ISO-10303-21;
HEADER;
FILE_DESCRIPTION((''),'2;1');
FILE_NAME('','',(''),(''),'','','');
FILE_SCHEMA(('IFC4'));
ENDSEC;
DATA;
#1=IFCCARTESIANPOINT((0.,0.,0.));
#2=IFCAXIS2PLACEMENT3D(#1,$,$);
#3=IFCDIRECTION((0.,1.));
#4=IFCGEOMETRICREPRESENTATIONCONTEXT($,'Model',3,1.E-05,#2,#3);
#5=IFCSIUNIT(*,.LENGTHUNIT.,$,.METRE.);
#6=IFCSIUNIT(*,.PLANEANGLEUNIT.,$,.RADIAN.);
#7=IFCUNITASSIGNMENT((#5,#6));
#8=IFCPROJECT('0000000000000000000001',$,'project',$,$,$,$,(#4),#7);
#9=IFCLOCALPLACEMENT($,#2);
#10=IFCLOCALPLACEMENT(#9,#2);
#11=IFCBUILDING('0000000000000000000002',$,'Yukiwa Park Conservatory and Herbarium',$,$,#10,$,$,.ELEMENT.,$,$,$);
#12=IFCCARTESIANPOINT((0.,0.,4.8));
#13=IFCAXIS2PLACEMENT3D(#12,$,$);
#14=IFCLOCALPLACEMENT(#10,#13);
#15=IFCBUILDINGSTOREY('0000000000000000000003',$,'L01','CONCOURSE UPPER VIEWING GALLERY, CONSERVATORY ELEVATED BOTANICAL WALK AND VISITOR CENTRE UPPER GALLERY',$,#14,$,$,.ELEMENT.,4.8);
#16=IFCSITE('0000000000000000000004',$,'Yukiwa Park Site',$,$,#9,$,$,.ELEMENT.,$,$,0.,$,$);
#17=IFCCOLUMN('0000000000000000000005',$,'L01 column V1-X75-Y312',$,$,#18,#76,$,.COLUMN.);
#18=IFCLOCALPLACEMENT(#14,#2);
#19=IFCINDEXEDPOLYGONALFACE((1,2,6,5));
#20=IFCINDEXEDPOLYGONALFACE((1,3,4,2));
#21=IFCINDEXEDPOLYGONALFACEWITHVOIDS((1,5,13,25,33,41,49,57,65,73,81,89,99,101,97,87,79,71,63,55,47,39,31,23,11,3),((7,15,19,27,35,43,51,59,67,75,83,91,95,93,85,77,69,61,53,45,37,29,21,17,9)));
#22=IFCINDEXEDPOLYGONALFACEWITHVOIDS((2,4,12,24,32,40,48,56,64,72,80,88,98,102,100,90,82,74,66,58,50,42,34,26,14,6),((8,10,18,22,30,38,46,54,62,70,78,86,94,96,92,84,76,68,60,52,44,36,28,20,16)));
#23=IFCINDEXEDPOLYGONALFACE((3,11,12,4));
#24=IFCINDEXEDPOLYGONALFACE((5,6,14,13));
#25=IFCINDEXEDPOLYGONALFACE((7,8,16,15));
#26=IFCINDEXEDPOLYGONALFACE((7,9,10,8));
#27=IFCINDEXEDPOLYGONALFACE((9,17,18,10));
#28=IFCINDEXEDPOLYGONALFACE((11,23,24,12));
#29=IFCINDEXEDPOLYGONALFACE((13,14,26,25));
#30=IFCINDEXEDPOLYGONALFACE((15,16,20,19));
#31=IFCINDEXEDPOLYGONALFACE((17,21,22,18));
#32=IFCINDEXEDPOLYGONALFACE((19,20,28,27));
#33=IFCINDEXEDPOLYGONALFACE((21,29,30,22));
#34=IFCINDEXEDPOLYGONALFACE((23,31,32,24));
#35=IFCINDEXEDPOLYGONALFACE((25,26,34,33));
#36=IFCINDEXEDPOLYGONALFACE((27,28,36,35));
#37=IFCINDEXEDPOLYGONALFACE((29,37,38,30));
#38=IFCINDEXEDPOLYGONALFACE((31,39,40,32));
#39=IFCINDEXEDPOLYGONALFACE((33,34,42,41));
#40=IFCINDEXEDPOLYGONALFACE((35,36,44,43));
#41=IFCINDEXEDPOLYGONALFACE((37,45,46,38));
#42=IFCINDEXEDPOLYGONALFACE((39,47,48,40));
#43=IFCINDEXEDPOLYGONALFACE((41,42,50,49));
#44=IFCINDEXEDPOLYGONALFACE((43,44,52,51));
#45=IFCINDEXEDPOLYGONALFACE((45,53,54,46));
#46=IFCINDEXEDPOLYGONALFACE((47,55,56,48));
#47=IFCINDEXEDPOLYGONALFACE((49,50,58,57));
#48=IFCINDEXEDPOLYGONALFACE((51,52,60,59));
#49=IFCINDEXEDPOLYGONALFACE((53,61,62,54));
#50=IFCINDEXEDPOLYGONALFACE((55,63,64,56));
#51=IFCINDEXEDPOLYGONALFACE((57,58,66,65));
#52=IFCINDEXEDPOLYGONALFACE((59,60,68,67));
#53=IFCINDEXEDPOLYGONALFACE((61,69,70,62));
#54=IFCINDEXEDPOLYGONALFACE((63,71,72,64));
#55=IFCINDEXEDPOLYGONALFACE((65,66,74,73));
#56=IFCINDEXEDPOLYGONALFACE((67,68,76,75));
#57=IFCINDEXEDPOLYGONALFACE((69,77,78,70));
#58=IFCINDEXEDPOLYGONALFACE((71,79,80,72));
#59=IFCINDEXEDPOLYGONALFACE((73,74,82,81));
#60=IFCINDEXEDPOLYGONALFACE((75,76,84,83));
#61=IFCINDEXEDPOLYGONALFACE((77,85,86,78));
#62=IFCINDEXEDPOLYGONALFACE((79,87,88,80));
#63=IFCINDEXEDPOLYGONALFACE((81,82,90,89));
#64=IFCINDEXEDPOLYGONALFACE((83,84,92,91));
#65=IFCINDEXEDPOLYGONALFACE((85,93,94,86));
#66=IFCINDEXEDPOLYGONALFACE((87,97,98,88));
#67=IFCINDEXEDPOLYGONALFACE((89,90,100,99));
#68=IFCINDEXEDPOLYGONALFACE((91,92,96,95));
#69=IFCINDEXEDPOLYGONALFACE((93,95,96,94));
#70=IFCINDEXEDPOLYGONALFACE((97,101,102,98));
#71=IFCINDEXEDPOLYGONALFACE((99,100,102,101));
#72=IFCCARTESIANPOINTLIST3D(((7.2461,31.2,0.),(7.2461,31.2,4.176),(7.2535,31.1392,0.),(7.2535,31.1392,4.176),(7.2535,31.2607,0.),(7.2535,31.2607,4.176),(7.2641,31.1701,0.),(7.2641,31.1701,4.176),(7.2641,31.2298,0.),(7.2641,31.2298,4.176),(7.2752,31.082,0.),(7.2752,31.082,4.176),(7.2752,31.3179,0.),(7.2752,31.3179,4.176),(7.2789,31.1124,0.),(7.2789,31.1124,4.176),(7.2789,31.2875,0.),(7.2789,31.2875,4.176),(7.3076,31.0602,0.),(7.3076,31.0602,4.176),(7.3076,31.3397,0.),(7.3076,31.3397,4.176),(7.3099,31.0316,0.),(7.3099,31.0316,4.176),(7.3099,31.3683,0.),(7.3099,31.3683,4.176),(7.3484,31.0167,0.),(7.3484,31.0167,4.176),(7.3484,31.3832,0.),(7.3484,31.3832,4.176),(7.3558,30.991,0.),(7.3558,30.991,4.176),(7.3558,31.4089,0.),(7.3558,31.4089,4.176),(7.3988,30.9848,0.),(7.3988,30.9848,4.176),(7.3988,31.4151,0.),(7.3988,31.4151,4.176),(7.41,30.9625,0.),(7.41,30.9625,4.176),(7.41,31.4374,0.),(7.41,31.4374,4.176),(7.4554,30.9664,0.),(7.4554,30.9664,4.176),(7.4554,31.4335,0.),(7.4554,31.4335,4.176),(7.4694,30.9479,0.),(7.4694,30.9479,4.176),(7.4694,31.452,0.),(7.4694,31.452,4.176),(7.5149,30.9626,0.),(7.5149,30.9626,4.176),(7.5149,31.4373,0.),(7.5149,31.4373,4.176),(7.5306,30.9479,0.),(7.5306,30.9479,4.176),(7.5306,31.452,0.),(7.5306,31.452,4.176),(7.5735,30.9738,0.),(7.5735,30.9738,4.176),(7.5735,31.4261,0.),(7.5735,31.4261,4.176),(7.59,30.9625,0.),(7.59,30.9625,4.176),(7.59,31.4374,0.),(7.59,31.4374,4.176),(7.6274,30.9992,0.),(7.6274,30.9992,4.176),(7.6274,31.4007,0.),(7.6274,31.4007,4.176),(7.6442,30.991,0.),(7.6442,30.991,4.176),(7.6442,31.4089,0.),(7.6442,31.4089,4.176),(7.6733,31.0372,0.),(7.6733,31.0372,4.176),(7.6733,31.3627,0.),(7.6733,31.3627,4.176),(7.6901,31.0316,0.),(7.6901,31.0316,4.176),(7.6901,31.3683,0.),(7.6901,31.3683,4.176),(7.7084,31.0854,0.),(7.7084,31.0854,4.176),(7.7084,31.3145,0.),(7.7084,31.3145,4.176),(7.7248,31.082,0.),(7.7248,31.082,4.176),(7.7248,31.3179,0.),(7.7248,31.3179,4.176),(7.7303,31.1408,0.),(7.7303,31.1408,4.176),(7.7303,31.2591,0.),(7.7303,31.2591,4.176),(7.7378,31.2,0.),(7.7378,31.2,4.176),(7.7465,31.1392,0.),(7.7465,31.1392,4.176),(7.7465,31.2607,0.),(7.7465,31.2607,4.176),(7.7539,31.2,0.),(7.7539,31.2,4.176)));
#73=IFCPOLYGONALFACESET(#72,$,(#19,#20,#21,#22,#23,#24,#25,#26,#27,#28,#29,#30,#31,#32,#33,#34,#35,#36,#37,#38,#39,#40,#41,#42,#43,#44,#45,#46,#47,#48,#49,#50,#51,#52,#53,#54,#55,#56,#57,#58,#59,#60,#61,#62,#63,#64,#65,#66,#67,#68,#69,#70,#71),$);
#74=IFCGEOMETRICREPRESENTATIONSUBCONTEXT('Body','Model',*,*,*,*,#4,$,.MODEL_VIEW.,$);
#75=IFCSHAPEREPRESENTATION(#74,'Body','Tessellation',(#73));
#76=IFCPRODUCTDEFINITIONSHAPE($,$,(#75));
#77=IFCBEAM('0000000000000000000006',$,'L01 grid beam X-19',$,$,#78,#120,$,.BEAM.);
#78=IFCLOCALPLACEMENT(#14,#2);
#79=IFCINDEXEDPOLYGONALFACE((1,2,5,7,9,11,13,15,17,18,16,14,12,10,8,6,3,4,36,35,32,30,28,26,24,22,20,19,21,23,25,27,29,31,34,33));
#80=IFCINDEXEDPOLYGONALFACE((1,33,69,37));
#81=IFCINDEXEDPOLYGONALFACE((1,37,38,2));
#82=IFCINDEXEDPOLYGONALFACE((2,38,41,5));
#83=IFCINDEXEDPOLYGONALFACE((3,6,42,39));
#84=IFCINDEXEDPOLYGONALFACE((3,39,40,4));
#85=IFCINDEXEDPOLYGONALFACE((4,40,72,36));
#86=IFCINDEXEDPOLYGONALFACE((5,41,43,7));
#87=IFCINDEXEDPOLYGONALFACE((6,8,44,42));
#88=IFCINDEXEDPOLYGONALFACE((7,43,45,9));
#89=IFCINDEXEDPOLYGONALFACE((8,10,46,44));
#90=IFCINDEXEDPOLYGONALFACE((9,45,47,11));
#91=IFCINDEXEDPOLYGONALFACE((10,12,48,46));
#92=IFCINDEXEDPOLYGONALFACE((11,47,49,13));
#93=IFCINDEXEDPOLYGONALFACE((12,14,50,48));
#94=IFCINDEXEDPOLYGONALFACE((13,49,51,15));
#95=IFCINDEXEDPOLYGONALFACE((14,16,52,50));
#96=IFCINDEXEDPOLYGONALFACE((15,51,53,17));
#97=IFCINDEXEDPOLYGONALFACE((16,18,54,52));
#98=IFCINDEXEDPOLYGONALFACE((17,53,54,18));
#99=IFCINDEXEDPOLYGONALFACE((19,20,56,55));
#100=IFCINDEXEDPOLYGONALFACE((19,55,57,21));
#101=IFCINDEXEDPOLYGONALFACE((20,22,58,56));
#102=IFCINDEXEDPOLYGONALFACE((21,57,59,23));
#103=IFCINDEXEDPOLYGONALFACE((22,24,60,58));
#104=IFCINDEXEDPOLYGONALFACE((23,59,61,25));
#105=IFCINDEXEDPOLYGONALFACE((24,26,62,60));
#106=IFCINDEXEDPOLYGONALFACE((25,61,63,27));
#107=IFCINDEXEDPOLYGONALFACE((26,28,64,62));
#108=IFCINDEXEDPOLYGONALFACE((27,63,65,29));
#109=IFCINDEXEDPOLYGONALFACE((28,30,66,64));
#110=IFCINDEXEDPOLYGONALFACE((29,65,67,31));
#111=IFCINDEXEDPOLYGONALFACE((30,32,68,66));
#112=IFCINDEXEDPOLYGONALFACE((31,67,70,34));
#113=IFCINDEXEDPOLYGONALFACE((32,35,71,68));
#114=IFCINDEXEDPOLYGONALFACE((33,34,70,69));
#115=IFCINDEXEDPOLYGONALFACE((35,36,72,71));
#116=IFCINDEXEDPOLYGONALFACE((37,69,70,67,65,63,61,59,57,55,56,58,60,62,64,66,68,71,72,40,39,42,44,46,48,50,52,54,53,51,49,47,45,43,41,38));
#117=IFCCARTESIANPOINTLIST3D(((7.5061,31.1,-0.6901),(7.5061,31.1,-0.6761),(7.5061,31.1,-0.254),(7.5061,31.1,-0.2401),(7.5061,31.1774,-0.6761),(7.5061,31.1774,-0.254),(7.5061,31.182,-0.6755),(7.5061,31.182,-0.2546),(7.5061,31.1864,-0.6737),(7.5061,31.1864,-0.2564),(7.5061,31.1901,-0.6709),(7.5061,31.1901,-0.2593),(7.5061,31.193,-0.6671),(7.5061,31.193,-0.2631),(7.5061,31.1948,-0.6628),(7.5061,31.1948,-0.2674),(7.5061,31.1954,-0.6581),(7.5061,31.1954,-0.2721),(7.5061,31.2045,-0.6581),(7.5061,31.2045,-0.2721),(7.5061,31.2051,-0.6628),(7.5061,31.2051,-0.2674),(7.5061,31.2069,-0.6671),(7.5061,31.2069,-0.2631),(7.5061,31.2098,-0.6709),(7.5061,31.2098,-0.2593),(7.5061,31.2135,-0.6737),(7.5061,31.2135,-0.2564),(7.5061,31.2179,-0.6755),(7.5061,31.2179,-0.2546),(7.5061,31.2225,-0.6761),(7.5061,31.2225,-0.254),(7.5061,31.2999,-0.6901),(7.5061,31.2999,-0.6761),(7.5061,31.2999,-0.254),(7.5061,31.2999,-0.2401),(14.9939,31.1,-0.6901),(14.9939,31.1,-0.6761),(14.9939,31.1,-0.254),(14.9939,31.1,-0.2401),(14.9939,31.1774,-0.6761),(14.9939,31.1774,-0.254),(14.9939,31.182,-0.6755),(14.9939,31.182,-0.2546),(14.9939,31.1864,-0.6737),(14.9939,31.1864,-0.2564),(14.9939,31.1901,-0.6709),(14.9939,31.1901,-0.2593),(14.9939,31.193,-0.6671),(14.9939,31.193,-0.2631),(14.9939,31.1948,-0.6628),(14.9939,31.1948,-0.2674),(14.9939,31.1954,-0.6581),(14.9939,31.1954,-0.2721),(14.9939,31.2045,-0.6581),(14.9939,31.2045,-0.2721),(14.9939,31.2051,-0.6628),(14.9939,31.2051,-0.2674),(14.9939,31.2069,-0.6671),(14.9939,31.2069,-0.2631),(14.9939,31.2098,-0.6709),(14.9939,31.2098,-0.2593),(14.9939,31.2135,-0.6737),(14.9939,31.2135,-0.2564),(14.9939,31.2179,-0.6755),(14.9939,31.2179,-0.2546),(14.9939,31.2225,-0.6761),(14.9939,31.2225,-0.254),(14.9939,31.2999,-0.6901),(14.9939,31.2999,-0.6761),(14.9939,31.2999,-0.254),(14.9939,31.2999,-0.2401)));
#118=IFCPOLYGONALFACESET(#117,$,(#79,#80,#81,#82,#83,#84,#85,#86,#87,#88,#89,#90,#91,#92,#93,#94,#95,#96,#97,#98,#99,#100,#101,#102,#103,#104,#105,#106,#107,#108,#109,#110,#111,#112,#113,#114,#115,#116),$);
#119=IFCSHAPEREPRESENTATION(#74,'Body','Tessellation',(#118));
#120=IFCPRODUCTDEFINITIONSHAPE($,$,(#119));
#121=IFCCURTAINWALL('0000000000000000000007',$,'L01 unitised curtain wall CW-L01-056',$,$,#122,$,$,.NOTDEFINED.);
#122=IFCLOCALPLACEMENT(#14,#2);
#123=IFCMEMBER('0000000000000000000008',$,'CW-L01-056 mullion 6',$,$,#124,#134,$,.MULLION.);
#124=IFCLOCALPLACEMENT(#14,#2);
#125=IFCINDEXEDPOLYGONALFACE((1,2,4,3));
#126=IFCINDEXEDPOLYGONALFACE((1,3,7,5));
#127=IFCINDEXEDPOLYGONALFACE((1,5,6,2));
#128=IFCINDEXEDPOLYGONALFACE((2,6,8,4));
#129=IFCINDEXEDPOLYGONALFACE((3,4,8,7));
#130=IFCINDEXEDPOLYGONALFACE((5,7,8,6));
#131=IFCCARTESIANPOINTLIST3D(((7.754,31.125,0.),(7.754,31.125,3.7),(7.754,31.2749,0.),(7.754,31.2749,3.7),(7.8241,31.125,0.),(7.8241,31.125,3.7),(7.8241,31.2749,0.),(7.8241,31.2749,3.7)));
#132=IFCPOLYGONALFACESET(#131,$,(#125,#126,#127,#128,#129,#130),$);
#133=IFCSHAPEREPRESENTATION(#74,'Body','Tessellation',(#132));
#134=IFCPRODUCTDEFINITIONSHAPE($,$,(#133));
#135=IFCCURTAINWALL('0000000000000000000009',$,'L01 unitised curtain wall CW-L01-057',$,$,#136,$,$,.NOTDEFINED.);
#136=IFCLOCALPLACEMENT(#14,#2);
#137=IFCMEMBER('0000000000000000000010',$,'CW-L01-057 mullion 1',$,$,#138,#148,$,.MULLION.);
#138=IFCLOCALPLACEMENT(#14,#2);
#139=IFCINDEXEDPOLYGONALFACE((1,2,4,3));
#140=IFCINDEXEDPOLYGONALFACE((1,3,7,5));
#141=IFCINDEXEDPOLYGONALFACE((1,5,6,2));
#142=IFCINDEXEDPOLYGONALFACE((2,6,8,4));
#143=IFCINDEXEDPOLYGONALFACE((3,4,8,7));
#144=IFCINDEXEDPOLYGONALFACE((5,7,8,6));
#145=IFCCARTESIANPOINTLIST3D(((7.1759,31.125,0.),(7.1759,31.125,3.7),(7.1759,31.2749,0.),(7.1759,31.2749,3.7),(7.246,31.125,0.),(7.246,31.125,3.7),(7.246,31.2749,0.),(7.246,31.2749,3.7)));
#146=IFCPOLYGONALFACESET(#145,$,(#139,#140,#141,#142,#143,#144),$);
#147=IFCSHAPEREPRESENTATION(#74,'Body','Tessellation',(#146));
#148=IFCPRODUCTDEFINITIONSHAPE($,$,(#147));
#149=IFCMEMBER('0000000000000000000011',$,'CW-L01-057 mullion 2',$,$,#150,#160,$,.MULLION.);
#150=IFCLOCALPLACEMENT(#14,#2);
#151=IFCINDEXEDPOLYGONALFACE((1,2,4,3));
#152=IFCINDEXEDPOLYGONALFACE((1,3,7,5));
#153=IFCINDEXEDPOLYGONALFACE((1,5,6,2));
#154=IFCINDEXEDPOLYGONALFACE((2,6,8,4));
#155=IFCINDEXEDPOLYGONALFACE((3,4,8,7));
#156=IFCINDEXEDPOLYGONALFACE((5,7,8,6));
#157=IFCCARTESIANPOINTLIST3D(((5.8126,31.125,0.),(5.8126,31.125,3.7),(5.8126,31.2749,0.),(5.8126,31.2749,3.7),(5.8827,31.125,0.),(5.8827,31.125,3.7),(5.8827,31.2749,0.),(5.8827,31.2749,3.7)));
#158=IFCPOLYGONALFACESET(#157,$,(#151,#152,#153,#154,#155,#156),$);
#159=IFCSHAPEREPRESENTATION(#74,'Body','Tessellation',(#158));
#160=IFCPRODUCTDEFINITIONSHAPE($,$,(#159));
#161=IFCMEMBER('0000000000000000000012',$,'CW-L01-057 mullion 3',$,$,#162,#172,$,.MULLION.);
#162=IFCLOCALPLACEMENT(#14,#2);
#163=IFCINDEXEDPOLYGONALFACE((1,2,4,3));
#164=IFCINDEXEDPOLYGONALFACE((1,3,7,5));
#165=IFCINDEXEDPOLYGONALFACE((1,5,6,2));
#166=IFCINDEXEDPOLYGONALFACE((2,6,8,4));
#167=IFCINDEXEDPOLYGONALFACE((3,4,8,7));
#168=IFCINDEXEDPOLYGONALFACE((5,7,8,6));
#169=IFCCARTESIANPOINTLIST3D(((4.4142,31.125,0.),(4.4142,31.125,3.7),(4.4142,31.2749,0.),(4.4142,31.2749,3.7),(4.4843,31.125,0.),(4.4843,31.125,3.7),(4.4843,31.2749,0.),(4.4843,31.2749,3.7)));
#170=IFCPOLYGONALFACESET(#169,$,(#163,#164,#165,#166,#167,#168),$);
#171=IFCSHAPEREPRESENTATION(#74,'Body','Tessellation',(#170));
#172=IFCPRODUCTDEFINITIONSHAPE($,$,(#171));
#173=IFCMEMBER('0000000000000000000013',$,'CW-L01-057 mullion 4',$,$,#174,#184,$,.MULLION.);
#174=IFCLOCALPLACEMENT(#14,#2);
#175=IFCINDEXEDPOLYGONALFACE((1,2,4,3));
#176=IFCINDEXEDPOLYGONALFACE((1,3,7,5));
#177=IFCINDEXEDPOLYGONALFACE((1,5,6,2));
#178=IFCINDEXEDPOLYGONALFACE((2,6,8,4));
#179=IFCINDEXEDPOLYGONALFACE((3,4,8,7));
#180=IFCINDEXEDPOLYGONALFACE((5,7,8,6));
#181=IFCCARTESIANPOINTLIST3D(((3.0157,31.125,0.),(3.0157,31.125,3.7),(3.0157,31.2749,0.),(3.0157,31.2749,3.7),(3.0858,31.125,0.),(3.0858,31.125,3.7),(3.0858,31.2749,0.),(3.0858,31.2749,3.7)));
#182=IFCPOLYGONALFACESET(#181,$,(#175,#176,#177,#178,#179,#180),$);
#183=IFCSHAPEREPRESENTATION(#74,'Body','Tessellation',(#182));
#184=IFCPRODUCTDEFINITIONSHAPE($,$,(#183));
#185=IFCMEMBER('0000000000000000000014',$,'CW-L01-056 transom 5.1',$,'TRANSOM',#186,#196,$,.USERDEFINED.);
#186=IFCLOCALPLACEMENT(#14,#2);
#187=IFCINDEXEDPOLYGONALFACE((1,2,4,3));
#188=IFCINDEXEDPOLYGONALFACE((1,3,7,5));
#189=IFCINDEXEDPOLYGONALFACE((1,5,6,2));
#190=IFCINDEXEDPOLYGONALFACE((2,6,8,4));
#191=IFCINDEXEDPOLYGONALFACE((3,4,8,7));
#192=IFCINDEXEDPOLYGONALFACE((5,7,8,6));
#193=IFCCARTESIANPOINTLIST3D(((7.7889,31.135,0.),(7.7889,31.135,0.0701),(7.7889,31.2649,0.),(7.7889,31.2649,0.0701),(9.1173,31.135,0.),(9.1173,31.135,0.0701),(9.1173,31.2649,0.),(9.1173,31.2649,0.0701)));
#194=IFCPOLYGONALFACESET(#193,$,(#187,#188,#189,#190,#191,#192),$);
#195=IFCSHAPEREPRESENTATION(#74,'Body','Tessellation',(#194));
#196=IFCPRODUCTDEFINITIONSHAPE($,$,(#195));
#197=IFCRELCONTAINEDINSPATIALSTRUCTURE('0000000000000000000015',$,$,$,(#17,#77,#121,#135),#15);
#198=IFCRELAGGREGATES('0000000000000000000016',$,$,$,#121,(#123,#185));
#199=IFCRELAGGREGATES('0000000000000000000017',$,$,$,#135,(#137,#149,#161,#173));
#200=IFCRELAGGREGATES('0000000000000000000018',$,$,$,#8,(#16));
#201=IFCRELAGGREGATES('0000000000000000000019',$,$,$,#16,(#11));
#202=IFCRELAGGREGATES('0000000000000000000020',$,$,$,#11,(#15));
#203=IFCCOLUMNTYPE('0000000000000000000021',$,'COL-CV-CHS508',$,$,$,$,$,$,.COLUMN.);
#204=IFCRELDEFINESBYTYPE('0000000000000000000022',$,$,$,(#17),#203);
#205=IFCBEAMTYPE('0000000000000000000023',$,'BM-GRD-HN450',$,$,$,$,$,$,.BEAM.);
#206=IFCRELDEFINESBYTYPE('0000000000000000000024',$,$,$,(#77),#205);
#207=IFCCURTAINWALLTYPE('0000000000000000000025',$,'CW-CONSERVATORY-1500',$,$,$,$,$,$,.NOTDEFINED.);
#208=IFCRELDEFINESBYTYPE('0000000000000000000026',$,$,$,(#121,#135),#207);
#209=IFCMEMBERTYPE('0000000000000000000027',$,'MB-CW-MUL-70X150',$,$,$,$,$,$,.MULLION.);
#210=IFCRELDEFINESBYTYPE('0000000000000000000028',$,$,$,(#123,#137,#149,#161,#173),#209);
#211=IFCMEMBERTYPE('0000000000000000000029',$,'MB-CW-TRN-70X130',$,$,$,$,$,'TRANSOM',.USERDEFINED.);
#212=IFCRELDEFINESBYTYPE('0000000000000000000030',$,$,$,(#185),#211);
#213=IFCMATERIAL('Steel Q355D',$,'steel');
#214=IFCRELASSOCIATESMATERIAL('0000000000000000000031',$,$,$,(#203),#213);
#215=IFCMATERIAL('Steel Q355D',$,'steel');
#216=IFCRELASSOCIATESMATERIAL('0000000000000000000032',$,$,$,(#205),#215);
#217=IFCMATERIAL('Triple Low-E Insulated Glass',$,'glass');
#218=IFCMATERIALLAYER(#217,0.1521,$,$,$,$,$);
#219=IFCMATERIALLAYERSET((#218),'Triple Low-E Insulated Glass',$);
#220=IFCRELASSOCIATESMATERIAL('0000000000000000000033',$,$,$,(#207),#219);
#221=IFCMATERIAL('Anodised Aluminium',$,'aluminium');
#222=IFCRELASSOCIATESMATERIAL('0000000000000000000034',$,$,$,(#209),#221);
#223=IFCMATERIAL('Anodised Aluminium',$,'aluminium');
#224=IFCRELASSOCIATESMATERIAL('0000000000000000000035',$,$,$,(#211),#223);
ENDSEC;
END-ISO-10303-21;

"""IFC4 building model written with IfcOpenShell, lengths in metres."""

from ifc_helpers import new_model, si_unit, direction, frame, origin, origin_2d, place, context, subcontext, project, spatial, rectangle, hollow_circle, i_section, extrude, material, layer, layer_set, material_profile, profile_set, type_object, element, aggregate, save


model = new_model("IFC4")

# Units and contexts
model_context = context("Model", 3, precision=1e-05, world=origin(), true_north=direction((0.0, 1.0)))
body_context = subcontext(model_context, "Body", "Model", "MODEL_VIEW")
ifc_project = project(units=[si_unit("LENGTHUNIT", "METRE"), si_unit("PLANEANGLEUNIT", "RADIAN")], contexts=[model_context])

# Site, building, storey
site_placement = place(None, origin())
site = spatial("IfcSite", under=ifc_project, at=site_placement, Name="Yukiwa Park Site", CompositionType="ELEMENT", RefElevation=0.0)
building_placement = place(site_placement, origin())
building = spatial("IfcBuilding", under=site, at=building_placement, Name="Yukiwa Park Conservatory and Herbarium", CompositionType="ELEMENT")
storey_placement = place(building_placement, frame((0.0, 0.0, 4.8)))
storey = spatial("IfcBuildingStorey", under=building, at=storey_placement, Name="L01", Description="CONCOURSE UPPER VIEWING GALLERY, CONSERVATORY ELEVATED BOTANICAL WALK AND VISITOR CENTRE UPPER GALLERY", CompositionType="ELEMENT", Elevation=4.8)

# Column
ifc_material_1 = material(Name="Steel Q355D", Category="steel")
ifc_material_profile_1 = material_profile(ifc_material_1, hollow_circle(Radius=0.2539, WallThickness=0.0161, at=origin_2d()), Name="CHS 508x16")
ifc_profile_set_1 = profile_set([ifc_material_profile_1], Name="Steel Q355D")
column_type = type_object("IfcColumnType", Name="COL-CV-CHS508", PredefinedType="COLUMN", material=ifc_profile_set_1)
column_placement = place(storey_placement, frame((7.5, 31.2, 0.0), z_axis=(0.0, 0.0, 1.0), x_axis=(1.0, 0.0, 0.0)))
element("IfcColumn", 1, at=column_placement, inside=storey, type_object=column_type, Name="L01 column V1-X75-Y312", PredefinedType="COLUMN", context=body_context, shape_type="SweptSolid", body=[
    extrude(hollow_circle(Radius=0.2539, WallThickness=0.0161, at=origin_2d()), origin(), (0.0, 0.0, 1.0), 4.176),
])

# Beam
ifc_material_2 = material(Name="Steel Q355D", Category="steel")
ifc_material_profile_2 = material_profile(ifc_material_2, i_section(OverallWidth=0.2, OverallDepth=0.45, WebThickness=0.009, FlangeThickness=0.0139, FilletRadius=0.0181, at=origin_2d()), Name="HN 450x200x9x14")
ifc_profile_set_2 = profile_set([ifc_material_profile_2], Name="Steel Q355D")
beam_type = type_object("IfcBeamType", Name="BM-GRD-HN450", PredefinedType="BEAM", material=ifc_profile_set_2)
beam_placement = place(storey_placement, frame((7.5061, 31.2, -0.4651), z_axis=(1.0, 0.0, 0.0), x_axis=(0.0, 1.0, 0.0)))
element("IfcBeam", 2, at=beam_placement, inside=storey, type_object=beam_type, Name="L01 grid beam X-19", PredefinedType="BEAM", context=body_context, shape_type="SweptSolid", body=[
    extrude(i_section(OverallWidth=0.2, OverallDepth=0.45, WebThickness=0.009, FlangeThickness=0.0139, FilletRadius=0.0181, at=origin_2d()), origin(), (0.0, 0.0, 1.0), 7.4878),
])

# Curtain wall, member
ifc_material_3 = material(Name="Triple Low-E Insulated Glass", Category="glass")
ifc_layer_1 = layer(ifc_material_3, 0.1521)
ifc_layer_set_1 = layer_set([ifc_layer_1], Name="Triple Low-E Insulated Glass")
curtain_wall_type = type_object("IfcCurtainWallType", Name="CW-CONSERVATORY-1500", PredefinedType="NOTDEFINED", material=ifc_layer_set_1)
curtain_wall_1_placement = place(storey_placement, origin())
curtain_wall_1 = element("IfcCurtainWall", 3, at=curtain_wall_1_placement, inside=storey, type_object=curtain_wall_type, Name="L01 unitised curtain wall CW-L01-056", PredefinedType="NOTDEFINED")
ifc_material_4 = material(Name="Anodised Aluminium", Category="aluminium")
member_type_1 = type_object("IfcMemberType", Name="MB-CW-MUL-70X150", PredefinedType="MULLION", material=ifc_material_4)
member_1_placement = place(storey_placement, frame((7.7891, 31.2, 0.0), z_axis=(0.0, 0.0, 1.0), x_axis=(-1.0, 0.0, 0.0)))
member_1 = element("IfcMember", 4, at=member_1_placement, type_object=member_type_1, Name="CW-L01-056 mullion 6", PredefinedType="MULLION", context=body_context, shape_type="SweptSolid", body=[
    extrude(rectangle(XDim=0.0701, YDim=0.1499, at=origin_2d()), origin(), (0.0, 0.0, 1.0), 3.7),
])

# Curtain wall, members
curtain_wall_2_placement = place(storey_placement, origin())
curtain_wall_2 = element("IfcCurtainWall", 5, at=curtain_wall_2_placement, inside=storey, type_object=curtain_wall_type, Name="L01 unitised curtain wall CW-L01-057", PredefinedType="NOTDEFINED")
member_2_placement = place(storey_placement, frame((7.2109, 31.2, 0.0), z_axis=(0.0, 0.0, 1.0), x_axis=(-1.0, 0.0, 0.0)))
member_2 = element("IfcMember", 6, at=member_2_placement, type_object=member_type_1, Name="CW-L01-057 mullion 1", PredefinedType="MULLION", context=body_context, shape_type="SweptSolid", body=[
    extrude(rectangle(XDim=0.0701, YDim=0.1499, at=origin_2d()), origin(), (0.0, 0.0, 1.0), 3.7),
])
member_3_placement = place(storey_placement, frame((5.8477, 31.2, 0.0), z_axis=(0.0, 0.0, 1.0), x_axis=(-1.0, 0.0, 0.0)))
member_3 = element("IfcMember", 7, at=member_3_placement, type_object=member_type_1, Name="CW-L01-057 mullion 2", PredefinedType="MULLION", context=body_context, shape_type="SweptSolid", body=[
    extrude(rectangle(XDim=0.0701, YDim=0.1499, at=origin_2d()), origin(), (0.0, 0.0, 1.0), 3.7),
])
member_4_placement = place(storey_placement, frame((4.4492, 31.2, 0.0), z_axis=(0.0, 0.0, 1.0), x_axis=(-1.0, 0.0, 0.0)))
member_4 = element("IfcMember", 8, at=member_4_placement, type_object=member_type_1, Name="CW-L01-057 mullion 3", PredefinedType="MULLION", context=body_context, shape_type="SweptSolid", body=[
    extrude(rectangle(XDim=0.0701, YDim=0.1499, at=origin_2d()), origin(), (0.0, 0.0, 1.0), 3.7),
])
member_5_placement = place(storey_placement, frame((3.0508, 31.2, 0.0), z_axis=(0.0, 0.0, 1.0), x_axis=(-1.0, 0.0, 0.0)))
member_5 = element("IfcMember", 9, at=member_5_placement, type_object=member_type_1, Name="CW-L01-057 mullion 4", PredefinedType="MULLION", context=body_context, shape_type="SweptSolid", body=[
    extrude(rectangle(XDim=0.0701, YDim=0.1499, at=origin_2d()), origin(), (0.0, 0.0, 1.0), 3.7),
])

# Member
ifc_material_5 = material(Name="Anodised Aluminium", Category="aluminium")
member_type_2 = type_object("IfcMemberType", Name="MB-CW-TRN-70X130", ElementType="TRANSOM", PredefinedType="USERDEFINED", material=ifc_material_5)
member_6_placement = place(storey_placement, frame((8.4531, 31.2, 0.0), z_axis=(0.0, 0.0, 1.0), x_axis=(-1.0, 0.0, 0.0)))
member_6 = element("IfcMember", 10, at=member_6_placement, type_object=member_type_2, Name="CW-L01-056 transom 5.1", ObjectType="TRANSOM", PredefinedType="USERDEFINED", context=body_context, shape_type="SweptSolid", body=[
    extrude(rectangle(XDim=1.3284, YDim=0.1299, at=origin_2d()), origin(), (0.0, 0.0, 1.0), 0.0701),
])

aggregate(curtain_wall_1, [member_1, member_6])
aggregate(curtain_wall_2, [member_2, member_3, member_4, member_5])

save(model, "model.ifc")
